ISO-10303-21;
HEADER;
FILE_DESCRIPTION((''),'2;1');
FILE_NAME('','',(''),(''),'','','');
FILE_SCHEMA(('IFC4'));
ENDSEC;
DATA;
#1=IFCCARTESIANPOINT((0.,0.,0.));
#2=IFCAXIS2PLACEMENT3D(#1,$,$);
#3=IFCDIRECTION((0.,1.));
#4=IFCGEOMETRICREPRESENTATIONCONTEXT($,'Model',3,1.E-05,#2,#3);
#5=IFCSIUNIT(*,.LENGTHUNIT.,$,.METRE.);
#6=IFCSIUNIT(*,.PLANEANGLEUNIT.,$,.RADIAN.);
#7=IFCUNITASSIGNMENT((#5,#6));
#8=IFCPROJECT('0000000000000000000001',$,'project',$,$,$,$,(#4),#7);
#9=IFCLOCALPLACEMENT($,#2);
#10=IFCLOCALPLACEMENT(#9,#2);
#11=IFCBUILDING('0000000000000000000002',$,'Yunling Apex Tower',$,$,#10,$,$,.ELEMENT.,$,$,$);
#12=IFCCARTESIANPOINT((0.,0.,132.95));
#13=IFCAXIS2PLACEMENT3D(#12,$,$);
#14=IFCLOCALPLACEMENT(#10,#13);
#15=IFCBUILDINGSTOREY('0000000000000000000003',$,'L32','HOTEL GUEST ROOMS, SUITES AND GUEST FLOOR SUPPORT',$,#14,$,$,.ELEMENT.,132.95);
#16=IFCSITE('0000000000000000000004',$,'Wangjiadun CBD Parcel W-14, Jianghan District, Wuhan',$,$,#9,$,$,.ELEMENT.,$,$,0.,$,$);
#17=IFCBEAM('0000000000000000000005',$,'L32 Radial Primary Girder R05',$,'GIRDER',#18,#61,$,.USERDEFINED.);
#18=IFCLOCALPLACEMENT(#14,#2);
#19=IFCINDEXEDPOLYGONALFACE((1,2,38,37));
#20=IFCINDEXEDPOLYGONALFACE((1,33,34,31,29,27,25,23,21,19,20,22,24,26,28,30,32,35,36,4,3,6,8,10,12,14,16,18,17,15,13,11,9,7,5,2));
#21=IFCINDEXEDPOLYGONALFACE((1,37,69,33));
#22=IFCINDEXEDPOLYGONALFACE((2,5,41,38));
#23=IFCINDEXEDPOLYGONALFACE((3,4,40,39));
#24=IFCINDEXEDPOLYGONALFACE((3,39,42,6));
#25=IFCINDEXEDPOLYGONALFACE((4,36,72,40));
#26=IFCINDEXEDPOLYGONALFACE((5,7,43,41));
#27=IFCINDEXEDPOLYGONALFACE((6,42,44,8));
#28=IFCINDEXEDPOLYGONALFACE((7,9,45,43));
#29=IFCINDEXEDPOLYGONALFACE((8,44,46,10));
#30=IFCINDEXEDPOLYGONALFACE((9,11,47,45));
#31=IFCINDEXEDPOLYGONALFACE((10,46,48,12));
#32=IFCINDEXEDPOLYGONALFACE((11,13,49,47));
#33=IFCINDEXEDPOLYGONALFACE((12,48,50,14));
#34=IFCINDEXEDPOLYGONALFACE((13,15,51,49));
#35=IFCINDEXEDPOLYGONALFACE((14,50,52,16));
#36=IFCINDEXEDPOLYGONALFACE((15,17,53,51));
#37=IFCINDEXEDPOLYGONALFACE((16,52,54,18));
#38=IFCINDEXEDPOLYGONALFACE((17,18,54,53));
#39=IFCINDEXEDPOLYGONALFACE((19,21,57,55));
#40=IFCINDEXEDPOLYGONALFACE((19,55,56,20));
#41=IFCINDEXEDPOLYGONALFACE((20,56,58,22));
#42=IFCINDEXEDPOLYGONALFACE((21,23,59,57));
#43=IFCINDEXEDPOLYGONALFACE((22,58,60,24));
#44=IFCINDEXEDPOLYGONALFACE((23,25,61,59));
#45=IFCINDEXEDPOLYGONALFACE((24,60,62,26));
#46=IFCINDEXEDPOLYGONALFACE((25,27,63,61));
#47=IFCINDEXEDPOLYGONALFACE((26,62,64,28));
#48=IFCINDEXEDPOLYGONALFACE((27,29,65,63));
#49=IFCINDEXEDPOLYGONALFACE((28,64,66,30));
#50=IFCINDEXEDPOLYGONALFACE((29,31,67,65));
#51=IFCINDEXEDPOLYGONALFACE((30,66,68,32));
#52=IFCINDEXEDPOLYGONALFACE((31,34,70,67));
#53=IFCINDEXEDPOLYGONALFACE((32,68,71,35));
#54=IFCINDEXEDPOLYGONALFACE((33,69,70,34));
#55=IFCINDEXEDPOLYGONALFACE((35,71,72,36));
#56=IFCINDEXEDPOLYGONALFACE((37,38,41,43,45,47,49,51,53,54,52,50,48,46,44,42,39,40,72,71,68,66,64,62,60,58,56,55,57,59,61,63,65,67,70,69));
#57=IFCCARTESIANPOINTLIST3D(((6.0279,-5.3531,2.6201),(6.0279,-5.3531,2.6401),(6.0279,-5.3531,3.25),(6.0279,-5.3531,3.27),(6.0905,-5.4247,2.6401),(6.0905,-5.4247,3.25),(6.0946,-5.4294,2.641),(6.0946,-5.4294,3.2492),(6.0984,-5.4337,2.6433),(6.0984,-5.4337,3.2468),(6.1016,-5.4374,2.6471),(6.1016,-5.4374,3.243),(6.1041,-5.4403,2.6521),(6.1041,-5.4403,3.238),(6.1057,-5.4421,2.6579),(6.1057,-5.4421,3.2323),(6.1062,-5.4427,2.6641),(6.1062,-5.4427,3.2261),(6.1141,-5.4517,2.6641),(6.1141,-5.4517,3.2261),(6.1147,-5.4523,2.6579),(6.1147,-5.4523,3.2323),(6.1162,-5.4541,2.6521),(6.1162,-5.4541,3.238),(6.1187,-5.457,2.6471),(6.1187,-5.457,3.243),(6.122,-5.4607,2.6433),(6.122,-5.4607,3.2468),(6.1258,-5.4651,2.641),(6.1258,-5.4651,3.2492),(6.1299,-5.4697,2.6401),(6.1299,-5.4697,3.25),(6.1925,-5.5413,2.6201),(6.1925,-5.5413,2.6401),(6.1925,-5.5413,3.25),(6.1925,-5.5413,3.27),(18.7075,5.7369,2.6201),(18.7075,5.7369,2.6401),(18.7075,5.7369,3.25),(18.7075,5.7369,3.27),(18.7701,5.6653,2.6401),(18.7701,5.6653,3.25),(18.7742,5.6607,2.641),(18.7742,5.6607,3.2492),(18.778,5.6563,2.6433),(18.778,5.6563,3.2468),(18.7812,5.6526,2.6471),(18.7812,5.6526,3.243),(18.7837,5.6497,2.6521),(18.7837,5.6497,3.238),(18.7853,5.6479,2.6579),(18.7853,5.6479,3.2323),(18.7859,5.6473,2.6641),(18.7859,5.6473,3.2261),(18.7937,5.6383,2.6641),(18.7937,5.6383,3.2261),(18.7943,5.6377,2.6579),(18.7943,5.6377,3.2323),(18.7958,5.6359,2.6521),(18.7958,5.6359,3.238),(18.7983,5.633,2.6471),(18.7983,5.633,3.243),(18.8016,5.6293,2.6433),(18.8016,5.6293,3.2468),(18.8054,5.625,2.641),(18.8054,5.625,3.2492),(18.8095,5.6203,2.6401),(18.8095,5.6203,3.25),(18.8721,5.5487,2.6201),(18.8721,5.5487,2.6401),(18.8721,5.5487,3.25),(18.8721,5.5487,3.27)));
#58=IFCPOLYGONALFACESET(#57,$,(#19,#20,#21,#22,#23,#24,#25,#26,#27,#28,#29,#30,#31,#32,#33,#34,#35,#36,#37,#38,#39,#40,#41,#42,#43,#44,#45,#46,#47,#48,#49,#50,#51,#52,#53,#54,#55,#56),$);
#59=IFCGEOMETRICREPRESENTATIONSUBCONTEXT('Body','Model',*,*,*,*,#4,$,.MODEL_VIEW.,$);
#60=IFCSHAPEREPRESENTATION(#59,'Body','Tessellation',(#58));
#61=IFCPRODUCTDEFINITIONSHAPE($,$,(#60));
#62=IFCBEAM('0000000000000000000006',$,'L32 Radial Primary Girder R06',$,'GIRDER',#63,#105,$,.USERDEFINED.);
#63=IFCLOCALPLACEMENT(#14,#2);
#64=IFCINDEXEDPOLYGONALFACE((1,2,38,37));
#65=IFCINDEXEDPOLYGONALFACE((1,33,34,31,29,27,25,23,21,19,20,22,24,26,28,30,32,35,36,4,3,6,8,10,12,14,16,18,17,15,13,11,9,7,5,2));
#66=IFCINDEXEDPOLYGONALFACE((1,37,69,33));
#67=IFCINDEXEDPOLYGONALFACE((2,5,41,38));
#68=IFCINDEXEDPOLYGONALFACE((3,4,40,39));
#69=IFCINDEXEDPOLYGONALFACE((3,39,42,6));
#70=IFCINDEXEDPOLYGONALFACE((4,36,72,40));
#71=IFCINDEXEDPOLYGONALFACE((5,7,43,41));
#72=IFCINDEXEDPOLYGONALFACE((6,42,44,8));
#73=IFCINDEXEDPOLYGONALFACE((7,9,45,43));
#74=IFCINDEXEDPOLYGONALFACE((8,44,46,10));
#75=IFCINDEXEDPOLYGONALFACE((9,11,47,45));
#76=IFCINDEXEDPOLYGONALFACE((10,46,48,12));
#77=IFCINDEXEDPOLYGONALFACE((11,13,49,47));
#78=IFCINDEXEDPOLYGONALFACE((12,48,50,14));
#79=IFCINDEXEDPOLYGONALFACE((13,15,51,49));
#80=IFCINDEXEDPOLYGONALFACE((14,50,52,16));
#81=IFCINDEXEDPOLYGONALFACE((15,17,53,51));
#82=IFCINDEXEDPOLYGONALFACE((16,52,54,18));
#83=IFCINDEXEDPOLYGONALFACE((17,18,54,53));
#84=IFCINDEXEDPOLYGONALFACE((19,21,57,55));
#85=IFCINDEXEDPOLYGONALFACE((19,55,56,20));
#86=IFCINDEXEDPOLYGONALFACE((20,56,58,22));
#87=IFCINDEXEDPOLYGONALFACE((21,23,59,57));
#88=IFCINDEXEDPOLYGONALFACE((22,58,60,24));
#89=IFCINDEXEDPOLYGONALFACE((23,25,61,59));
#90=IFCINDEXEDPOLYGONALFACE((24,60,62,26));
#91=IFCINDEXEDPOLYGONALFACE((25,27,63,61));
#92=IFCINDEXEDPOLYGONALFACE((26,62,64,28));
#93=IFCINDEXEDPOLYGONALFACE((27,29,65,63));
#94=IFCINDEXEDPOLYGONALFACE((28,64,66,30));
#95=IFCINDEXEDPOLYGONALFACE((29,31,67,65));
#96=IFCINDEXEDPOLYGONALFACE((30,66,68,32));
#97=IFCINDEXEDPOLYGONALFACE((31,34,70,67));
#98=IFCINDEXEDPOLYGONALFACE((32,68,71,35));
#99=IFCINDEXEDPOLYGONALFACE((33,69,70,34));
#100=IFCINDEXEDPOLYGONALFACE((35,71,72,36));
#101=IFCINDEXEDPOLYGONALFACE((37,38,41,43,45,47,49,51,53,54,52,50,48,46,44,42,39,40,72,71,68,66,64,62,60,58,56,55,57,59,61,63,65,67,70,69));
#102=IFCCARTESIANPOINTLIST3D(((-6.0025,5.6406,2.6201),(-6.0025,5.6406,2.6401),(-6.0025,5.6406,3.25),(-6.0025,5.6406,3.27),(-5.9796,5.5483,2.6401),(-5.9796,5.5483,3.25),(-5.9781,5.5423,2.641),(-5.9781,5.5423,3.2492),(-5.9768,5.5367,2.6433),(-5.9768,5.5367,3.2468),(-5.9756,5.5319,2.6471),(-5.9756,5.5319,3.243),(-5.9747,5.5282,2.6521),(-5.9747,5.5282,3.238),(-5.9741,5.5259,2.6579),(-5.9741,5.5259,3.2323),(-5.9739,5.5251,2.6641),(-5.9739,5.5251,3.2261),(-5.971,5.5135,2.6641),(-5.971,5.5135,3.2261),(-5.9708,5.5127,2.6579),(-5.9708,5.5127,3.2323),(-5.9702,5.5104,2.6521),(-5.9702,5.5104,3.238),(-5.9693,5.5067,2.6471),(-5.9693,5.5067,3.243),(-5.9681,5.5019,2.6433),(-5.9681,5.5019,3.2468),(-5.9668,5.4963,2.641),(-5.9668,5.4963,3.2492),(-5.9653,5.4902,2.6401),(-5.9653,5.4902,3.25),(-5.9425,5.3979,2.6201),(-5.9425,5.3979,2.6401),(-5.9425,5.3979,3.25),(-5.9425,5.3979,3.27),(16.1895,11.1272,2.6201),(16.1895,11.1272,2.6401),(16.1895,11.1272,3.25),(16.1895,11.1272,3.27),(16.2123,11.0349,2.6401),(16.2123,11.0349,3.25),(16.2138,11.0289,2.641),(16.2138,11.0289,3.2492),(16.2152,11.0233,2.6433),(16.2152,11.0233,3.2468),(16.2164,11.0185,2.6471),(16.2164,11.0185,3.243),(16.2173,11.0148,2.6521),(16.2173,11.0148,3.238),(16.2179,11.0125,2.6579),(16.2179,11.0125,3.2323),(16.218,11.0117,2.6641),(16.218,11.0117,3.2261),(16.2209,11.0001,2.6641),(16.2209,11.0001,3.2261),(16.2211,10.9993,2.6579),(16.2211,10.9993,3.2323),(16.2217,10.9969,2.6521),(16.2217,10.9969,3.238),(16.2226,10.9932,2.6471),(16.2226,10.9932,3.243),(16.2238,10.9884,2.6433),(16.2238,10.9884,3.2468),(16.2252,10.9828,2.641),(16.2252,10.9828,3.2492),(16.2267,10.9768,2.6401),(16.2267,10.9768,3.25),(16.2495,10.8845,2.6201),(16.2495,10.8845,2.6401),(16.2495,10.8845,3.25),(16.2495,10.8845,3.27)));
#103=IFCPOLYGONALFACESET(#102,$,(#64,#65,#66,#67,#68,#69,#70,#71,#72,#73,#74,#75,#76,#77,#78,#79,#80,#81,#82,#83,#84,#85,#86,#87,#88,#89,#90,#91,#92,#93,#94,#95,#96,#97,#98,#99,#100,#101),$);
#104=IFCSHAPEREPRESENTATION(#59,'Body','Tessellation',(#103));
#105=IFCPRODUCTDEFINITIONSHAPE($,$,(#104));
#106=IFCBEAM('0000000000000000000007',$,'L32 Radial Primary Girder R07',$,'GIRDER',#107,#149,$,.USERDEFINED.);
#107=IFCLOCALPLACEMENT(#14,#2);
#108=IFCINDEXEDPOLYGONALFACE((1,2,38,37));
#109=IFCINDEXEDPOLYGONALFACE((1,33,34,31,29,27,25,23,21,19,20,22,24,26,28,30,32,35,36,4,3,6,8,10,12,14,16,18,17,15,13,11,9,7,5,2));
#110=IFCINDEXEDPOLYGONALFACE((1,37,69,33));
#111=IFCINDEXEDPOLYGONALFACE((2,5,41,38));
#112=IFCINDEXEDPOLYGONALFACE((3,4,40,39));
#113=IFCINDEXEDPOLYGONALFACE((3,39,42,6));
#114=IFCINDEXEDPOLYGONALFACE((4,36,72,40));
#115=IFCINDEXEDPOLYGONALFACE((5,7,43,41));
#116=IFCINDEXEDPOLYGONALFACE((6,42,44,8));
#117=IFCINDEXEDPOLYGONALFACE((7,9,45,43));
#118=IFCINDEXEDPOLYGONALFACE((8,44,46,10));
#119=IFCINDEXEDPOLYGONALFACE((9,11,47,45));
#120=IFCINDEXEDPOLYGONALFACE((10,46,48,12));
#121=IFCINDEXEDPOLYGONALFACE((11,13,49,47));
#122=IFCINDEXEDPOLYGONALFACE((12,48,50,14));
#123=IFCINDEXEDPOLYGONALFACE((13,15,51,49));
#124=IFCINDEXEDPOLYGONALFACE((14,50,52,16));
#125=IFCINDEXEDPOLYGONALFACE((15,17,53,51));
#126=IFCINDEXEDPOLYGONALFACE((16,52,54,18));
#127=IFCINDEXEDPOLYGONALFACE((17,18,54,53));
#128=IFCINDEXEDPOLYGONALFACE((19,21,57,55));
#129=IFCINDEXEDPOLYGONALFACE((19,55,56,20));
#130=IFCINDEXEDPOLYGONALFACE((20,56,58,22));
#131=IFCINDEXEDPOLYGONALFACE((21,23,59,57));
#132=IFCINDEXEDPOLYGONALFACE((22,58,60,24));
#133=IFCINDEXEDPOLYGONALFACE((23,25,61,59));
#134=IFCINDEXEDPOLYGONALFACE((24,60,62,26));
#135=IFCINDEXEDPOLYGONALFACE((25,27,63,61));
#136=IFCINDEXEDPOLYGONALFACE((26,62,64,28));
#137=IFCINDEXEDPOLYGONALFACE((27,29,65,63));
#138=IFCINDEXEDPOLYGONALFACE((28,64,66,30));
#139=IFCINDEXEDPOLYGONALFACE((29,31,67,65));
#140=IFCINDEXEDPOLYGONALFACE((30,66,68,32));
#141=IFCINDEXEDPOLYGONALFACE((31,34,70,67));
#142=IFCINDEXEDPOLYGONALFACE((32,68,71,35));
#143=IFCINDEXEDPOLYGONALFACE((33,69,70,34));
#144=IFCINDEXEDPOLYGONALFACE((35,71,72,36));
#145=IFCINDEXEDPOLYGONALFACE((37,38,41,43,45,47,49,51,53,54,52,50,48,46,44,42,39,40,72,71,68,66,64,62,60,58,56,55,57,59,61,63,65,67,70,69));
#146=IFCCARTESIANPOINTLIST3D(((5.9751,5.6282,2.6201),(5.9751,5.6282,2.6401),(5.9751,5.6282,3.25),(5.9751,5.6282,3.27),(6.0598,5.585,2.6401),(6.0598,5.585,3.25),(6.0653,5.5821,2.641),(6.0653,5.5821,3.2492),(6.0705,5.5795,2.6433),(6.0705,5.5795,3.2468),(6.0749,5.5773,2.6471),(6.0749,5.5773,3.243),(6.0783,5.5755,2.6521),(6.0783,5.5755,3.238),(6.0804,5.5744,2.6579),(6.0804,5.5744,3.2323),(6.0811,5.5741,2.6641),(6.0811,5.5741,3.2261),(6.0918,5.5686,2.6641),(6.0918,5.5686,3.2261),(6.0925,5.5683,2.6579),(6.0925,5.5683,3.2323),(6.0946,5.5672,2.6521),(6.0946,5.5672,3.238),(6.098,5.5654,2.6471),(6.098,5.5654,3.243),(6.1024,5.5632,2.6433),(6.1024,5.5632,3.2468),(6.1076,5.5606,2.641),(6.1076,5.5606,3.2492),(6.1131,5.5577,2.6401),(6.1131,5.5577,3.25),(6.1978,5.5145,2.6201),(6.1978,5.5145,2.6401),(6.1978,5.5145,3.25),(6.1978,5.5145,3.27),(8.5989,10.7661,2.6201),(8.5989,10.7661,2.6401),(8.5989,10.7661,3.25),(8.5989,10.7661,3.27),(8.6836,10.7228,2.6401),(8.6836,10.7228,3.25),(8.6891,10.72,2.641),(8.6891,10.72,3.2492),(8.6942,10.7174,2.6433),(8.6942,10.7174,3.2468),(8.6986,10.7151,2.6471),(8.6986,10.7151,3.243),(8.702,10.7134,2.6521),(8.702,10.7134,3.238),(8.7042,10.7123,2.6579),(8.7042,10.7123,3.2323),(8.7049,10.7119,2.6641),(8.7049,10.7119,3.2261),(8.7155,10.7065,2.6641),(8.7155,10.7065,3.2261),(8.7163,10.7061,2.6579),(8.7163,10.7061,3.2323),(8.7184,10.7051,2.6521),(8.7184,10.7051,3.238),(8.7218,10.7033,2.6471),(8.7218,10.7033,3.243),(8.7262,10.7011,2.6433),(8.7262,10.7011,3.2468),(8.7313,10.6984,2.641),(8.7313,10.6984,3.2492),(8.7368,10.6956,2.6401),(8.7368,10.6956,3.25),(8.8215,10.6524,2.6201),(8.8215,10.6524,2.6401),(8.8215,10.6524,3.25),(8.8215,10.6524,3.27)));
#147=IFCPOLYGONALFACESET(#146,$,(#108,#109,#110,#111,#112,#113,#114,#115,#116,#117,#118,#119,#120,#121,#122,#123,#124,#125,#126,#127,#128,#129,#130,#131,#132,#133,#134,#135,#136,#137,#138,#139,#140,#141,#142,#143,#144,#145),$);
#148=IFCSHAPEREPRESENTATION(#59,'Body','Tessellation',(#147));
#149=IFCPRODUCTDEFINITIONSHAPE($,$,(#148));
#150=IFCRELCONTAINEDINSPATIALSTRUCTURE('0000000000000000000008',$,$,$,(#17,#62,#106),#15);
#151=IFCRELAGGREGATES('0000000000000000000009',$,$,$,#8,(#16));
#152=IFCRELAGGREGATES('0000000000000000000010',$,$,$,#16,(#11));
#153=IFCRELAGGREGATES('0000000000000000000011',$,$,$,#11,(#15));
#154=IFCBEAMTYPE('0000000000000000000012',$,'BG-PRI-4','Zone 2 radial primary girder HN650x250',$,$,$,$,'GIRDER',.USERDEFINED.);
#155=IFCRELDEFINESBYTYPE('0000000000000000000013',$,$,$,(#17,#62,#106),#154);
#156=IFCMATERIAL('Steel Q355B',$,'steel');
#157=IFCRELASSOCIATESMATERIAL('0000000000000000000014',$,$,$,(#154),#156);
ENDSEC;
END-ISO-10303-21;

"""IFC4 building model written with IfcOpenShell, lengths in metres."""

from ifc_helpers import new_model, si_unit, direction, frame, origin, origin_2d, place, context, subcontext, project, spatial, i_section, extrude, source, transform, mapped, material, material_profile, profile_set, type_object, element, save


model = new_model("IFC4")

# Units and contexts
model_context = context("Model", 3, precision=1e-05, world=origin(), true_north=direction((0.0, 1.0)))
body_context = subcontext(model_context, "Body", "Model", "MODEL_VIEW")
ifc_project = project(units=[si_unit("LENGTHUNIT", "METRE"), si_unit("PLANEANGLEUNIT", "RADIAN")], contexts=[model_context])

# Site, building, storey
site_placement = place(None, origin())
site = spatial("IfcSite", under=ifc_project, at=site_placement, Name="Wangjiadun CBD Parcel W-14, Jianghan District, Wuhan", CompositionType="ELEMENT", RefElevation=0.0)
building_placement = place(site_placement, origin())
building = spatial("IfcBuilding", under=site, at=building_placement, Name="Yunling Apex Tower", CompositionType="ELEMENT")
storey_placement = place(building_placement, frame((0.0, 0.0, 132.95)))
storey = spatial("IfcBuildingStorey", under=building, at=storey_placement, Name="L32", Description="HOTEL GUEST ROOMS, SUITES AND GUEST FLOOR SUPPORT", CompositionType="ELEMENT", Elevation=132.95)

# Beams
ifc_material_1 = material(Name="Steel Q355B", Category="steel")
ifc_material_profile_1 = material_profile(ifc_material_1, i_section(OverallWidth=0.25, OverallDepth=0.6499, WebThickness=0.012, FlangeThickness=0.02, FilletRadius=0.0239, at=origin_2d()))
ifc_profile_set_1 = profile_set([ifc_material_profile_1], Name="Steel Q355B")
beam_type_1 = type_object("IfcBeamType", Name="BG-PRI-4", Description="Zone 2 radial primary girder HN650x250", ElementType="GIRDER", PredefinedType="USERDEFINED", material=ifc_profile_set_1)
shared_shape_1 = source(origin(), body_context, "Body", "SweptSolid", [
    extrude(i_section(OverallWidth=0.25, OverallDepth=0.6499, WebThickness=0.012, FlangeThickness=0.02, FilletRadius=0.0239, at=origin_2d()), origin(), (0.0, 0.0, 1.0), 16.8452),
])
beam_1_placement = place(storey_placement, frame((18.7898, 5.6428, 2.9451), z_axis=(-0.752713, -0.658349, 0.0), x_axis=(0.658349, -0.752713, 0.0)))
element("IfcBeam", 1, at=beam_1_placement, inside=storey, type_object=beam_type_1, Name="L32 Radial Primary Girder R05", ObjectType="GIRDER", PredefinedType="USERDEFINED", context=body_context, shape_type="MappedRepresentation", body=[
    mapped(shared_shape_1, transform((0.0, 0.0, 0.0), scale=1.0)),
])
shared_shape_2 = source(origin(), body_context, "Body", "SweptSolid", [
    extrude(i_section(OverallWidth=0.25, OverallDepth=0.6499, WebThickness=0.012, FlangeThickness=0.02, FilletRadius=0.0239, at=origin_2d()), origin(), (0.0, 0.0, 1.0), 22.8601),
])
beam_2_placement = place(storey_placement, frame((16.2195, 11.0059, 2.9451), z_axis=(-0.970771, -0.240007, 0.0), x_axis=(0.240007, -0.970771, 0.0)))
element("IfcBeam", 2, at=beam_2_placement, inside=storey, type_object=beam_type_1, Name="L32 Radial Primary Girder R06", ObjectType="GIRDER", PredefinedType="USERDEFINED", context=body_context, shape_type="MappedRepresentation", body=[
    mapped(shared_shape_2, transform((0.0, 0.0, 0.0), scale=1.0)),
])
shared_shape_3 = source(origin(), body_context, "Body", "SweptSolid", [
    extrude(i_section(OverallWidth=0.25, OverallDepth=0.6499, WebThickness=0.012, FlangeThickness=0.02, FilletRadius=0.0239, at=origin_2d()), origin(), (0.0, 0.0, 1.0), 5.769),
])
beam_3_placement = place(storey_placement, frame((8.7102, 10.7092, 2.9451), z_axis=(-0.454798, -0.890595, 0.0), x_axis=(0.890595, -0.454798, 0.0)))
element("IfcBeam", 3, at=beam_3_placement, inside=storey, type_object=beam_type_1, Name="L32 Radial Primary Girder R07", ObjectType="GIRDER", PredefinedType="USERDEFINED", context=body_context, shape_type="MappedRepresentation", body=[
    mapped(shared_shape_3, transform((0.0, 0.0, 0.0), scale=1.0)),
])

save(model, "model.ifc")
